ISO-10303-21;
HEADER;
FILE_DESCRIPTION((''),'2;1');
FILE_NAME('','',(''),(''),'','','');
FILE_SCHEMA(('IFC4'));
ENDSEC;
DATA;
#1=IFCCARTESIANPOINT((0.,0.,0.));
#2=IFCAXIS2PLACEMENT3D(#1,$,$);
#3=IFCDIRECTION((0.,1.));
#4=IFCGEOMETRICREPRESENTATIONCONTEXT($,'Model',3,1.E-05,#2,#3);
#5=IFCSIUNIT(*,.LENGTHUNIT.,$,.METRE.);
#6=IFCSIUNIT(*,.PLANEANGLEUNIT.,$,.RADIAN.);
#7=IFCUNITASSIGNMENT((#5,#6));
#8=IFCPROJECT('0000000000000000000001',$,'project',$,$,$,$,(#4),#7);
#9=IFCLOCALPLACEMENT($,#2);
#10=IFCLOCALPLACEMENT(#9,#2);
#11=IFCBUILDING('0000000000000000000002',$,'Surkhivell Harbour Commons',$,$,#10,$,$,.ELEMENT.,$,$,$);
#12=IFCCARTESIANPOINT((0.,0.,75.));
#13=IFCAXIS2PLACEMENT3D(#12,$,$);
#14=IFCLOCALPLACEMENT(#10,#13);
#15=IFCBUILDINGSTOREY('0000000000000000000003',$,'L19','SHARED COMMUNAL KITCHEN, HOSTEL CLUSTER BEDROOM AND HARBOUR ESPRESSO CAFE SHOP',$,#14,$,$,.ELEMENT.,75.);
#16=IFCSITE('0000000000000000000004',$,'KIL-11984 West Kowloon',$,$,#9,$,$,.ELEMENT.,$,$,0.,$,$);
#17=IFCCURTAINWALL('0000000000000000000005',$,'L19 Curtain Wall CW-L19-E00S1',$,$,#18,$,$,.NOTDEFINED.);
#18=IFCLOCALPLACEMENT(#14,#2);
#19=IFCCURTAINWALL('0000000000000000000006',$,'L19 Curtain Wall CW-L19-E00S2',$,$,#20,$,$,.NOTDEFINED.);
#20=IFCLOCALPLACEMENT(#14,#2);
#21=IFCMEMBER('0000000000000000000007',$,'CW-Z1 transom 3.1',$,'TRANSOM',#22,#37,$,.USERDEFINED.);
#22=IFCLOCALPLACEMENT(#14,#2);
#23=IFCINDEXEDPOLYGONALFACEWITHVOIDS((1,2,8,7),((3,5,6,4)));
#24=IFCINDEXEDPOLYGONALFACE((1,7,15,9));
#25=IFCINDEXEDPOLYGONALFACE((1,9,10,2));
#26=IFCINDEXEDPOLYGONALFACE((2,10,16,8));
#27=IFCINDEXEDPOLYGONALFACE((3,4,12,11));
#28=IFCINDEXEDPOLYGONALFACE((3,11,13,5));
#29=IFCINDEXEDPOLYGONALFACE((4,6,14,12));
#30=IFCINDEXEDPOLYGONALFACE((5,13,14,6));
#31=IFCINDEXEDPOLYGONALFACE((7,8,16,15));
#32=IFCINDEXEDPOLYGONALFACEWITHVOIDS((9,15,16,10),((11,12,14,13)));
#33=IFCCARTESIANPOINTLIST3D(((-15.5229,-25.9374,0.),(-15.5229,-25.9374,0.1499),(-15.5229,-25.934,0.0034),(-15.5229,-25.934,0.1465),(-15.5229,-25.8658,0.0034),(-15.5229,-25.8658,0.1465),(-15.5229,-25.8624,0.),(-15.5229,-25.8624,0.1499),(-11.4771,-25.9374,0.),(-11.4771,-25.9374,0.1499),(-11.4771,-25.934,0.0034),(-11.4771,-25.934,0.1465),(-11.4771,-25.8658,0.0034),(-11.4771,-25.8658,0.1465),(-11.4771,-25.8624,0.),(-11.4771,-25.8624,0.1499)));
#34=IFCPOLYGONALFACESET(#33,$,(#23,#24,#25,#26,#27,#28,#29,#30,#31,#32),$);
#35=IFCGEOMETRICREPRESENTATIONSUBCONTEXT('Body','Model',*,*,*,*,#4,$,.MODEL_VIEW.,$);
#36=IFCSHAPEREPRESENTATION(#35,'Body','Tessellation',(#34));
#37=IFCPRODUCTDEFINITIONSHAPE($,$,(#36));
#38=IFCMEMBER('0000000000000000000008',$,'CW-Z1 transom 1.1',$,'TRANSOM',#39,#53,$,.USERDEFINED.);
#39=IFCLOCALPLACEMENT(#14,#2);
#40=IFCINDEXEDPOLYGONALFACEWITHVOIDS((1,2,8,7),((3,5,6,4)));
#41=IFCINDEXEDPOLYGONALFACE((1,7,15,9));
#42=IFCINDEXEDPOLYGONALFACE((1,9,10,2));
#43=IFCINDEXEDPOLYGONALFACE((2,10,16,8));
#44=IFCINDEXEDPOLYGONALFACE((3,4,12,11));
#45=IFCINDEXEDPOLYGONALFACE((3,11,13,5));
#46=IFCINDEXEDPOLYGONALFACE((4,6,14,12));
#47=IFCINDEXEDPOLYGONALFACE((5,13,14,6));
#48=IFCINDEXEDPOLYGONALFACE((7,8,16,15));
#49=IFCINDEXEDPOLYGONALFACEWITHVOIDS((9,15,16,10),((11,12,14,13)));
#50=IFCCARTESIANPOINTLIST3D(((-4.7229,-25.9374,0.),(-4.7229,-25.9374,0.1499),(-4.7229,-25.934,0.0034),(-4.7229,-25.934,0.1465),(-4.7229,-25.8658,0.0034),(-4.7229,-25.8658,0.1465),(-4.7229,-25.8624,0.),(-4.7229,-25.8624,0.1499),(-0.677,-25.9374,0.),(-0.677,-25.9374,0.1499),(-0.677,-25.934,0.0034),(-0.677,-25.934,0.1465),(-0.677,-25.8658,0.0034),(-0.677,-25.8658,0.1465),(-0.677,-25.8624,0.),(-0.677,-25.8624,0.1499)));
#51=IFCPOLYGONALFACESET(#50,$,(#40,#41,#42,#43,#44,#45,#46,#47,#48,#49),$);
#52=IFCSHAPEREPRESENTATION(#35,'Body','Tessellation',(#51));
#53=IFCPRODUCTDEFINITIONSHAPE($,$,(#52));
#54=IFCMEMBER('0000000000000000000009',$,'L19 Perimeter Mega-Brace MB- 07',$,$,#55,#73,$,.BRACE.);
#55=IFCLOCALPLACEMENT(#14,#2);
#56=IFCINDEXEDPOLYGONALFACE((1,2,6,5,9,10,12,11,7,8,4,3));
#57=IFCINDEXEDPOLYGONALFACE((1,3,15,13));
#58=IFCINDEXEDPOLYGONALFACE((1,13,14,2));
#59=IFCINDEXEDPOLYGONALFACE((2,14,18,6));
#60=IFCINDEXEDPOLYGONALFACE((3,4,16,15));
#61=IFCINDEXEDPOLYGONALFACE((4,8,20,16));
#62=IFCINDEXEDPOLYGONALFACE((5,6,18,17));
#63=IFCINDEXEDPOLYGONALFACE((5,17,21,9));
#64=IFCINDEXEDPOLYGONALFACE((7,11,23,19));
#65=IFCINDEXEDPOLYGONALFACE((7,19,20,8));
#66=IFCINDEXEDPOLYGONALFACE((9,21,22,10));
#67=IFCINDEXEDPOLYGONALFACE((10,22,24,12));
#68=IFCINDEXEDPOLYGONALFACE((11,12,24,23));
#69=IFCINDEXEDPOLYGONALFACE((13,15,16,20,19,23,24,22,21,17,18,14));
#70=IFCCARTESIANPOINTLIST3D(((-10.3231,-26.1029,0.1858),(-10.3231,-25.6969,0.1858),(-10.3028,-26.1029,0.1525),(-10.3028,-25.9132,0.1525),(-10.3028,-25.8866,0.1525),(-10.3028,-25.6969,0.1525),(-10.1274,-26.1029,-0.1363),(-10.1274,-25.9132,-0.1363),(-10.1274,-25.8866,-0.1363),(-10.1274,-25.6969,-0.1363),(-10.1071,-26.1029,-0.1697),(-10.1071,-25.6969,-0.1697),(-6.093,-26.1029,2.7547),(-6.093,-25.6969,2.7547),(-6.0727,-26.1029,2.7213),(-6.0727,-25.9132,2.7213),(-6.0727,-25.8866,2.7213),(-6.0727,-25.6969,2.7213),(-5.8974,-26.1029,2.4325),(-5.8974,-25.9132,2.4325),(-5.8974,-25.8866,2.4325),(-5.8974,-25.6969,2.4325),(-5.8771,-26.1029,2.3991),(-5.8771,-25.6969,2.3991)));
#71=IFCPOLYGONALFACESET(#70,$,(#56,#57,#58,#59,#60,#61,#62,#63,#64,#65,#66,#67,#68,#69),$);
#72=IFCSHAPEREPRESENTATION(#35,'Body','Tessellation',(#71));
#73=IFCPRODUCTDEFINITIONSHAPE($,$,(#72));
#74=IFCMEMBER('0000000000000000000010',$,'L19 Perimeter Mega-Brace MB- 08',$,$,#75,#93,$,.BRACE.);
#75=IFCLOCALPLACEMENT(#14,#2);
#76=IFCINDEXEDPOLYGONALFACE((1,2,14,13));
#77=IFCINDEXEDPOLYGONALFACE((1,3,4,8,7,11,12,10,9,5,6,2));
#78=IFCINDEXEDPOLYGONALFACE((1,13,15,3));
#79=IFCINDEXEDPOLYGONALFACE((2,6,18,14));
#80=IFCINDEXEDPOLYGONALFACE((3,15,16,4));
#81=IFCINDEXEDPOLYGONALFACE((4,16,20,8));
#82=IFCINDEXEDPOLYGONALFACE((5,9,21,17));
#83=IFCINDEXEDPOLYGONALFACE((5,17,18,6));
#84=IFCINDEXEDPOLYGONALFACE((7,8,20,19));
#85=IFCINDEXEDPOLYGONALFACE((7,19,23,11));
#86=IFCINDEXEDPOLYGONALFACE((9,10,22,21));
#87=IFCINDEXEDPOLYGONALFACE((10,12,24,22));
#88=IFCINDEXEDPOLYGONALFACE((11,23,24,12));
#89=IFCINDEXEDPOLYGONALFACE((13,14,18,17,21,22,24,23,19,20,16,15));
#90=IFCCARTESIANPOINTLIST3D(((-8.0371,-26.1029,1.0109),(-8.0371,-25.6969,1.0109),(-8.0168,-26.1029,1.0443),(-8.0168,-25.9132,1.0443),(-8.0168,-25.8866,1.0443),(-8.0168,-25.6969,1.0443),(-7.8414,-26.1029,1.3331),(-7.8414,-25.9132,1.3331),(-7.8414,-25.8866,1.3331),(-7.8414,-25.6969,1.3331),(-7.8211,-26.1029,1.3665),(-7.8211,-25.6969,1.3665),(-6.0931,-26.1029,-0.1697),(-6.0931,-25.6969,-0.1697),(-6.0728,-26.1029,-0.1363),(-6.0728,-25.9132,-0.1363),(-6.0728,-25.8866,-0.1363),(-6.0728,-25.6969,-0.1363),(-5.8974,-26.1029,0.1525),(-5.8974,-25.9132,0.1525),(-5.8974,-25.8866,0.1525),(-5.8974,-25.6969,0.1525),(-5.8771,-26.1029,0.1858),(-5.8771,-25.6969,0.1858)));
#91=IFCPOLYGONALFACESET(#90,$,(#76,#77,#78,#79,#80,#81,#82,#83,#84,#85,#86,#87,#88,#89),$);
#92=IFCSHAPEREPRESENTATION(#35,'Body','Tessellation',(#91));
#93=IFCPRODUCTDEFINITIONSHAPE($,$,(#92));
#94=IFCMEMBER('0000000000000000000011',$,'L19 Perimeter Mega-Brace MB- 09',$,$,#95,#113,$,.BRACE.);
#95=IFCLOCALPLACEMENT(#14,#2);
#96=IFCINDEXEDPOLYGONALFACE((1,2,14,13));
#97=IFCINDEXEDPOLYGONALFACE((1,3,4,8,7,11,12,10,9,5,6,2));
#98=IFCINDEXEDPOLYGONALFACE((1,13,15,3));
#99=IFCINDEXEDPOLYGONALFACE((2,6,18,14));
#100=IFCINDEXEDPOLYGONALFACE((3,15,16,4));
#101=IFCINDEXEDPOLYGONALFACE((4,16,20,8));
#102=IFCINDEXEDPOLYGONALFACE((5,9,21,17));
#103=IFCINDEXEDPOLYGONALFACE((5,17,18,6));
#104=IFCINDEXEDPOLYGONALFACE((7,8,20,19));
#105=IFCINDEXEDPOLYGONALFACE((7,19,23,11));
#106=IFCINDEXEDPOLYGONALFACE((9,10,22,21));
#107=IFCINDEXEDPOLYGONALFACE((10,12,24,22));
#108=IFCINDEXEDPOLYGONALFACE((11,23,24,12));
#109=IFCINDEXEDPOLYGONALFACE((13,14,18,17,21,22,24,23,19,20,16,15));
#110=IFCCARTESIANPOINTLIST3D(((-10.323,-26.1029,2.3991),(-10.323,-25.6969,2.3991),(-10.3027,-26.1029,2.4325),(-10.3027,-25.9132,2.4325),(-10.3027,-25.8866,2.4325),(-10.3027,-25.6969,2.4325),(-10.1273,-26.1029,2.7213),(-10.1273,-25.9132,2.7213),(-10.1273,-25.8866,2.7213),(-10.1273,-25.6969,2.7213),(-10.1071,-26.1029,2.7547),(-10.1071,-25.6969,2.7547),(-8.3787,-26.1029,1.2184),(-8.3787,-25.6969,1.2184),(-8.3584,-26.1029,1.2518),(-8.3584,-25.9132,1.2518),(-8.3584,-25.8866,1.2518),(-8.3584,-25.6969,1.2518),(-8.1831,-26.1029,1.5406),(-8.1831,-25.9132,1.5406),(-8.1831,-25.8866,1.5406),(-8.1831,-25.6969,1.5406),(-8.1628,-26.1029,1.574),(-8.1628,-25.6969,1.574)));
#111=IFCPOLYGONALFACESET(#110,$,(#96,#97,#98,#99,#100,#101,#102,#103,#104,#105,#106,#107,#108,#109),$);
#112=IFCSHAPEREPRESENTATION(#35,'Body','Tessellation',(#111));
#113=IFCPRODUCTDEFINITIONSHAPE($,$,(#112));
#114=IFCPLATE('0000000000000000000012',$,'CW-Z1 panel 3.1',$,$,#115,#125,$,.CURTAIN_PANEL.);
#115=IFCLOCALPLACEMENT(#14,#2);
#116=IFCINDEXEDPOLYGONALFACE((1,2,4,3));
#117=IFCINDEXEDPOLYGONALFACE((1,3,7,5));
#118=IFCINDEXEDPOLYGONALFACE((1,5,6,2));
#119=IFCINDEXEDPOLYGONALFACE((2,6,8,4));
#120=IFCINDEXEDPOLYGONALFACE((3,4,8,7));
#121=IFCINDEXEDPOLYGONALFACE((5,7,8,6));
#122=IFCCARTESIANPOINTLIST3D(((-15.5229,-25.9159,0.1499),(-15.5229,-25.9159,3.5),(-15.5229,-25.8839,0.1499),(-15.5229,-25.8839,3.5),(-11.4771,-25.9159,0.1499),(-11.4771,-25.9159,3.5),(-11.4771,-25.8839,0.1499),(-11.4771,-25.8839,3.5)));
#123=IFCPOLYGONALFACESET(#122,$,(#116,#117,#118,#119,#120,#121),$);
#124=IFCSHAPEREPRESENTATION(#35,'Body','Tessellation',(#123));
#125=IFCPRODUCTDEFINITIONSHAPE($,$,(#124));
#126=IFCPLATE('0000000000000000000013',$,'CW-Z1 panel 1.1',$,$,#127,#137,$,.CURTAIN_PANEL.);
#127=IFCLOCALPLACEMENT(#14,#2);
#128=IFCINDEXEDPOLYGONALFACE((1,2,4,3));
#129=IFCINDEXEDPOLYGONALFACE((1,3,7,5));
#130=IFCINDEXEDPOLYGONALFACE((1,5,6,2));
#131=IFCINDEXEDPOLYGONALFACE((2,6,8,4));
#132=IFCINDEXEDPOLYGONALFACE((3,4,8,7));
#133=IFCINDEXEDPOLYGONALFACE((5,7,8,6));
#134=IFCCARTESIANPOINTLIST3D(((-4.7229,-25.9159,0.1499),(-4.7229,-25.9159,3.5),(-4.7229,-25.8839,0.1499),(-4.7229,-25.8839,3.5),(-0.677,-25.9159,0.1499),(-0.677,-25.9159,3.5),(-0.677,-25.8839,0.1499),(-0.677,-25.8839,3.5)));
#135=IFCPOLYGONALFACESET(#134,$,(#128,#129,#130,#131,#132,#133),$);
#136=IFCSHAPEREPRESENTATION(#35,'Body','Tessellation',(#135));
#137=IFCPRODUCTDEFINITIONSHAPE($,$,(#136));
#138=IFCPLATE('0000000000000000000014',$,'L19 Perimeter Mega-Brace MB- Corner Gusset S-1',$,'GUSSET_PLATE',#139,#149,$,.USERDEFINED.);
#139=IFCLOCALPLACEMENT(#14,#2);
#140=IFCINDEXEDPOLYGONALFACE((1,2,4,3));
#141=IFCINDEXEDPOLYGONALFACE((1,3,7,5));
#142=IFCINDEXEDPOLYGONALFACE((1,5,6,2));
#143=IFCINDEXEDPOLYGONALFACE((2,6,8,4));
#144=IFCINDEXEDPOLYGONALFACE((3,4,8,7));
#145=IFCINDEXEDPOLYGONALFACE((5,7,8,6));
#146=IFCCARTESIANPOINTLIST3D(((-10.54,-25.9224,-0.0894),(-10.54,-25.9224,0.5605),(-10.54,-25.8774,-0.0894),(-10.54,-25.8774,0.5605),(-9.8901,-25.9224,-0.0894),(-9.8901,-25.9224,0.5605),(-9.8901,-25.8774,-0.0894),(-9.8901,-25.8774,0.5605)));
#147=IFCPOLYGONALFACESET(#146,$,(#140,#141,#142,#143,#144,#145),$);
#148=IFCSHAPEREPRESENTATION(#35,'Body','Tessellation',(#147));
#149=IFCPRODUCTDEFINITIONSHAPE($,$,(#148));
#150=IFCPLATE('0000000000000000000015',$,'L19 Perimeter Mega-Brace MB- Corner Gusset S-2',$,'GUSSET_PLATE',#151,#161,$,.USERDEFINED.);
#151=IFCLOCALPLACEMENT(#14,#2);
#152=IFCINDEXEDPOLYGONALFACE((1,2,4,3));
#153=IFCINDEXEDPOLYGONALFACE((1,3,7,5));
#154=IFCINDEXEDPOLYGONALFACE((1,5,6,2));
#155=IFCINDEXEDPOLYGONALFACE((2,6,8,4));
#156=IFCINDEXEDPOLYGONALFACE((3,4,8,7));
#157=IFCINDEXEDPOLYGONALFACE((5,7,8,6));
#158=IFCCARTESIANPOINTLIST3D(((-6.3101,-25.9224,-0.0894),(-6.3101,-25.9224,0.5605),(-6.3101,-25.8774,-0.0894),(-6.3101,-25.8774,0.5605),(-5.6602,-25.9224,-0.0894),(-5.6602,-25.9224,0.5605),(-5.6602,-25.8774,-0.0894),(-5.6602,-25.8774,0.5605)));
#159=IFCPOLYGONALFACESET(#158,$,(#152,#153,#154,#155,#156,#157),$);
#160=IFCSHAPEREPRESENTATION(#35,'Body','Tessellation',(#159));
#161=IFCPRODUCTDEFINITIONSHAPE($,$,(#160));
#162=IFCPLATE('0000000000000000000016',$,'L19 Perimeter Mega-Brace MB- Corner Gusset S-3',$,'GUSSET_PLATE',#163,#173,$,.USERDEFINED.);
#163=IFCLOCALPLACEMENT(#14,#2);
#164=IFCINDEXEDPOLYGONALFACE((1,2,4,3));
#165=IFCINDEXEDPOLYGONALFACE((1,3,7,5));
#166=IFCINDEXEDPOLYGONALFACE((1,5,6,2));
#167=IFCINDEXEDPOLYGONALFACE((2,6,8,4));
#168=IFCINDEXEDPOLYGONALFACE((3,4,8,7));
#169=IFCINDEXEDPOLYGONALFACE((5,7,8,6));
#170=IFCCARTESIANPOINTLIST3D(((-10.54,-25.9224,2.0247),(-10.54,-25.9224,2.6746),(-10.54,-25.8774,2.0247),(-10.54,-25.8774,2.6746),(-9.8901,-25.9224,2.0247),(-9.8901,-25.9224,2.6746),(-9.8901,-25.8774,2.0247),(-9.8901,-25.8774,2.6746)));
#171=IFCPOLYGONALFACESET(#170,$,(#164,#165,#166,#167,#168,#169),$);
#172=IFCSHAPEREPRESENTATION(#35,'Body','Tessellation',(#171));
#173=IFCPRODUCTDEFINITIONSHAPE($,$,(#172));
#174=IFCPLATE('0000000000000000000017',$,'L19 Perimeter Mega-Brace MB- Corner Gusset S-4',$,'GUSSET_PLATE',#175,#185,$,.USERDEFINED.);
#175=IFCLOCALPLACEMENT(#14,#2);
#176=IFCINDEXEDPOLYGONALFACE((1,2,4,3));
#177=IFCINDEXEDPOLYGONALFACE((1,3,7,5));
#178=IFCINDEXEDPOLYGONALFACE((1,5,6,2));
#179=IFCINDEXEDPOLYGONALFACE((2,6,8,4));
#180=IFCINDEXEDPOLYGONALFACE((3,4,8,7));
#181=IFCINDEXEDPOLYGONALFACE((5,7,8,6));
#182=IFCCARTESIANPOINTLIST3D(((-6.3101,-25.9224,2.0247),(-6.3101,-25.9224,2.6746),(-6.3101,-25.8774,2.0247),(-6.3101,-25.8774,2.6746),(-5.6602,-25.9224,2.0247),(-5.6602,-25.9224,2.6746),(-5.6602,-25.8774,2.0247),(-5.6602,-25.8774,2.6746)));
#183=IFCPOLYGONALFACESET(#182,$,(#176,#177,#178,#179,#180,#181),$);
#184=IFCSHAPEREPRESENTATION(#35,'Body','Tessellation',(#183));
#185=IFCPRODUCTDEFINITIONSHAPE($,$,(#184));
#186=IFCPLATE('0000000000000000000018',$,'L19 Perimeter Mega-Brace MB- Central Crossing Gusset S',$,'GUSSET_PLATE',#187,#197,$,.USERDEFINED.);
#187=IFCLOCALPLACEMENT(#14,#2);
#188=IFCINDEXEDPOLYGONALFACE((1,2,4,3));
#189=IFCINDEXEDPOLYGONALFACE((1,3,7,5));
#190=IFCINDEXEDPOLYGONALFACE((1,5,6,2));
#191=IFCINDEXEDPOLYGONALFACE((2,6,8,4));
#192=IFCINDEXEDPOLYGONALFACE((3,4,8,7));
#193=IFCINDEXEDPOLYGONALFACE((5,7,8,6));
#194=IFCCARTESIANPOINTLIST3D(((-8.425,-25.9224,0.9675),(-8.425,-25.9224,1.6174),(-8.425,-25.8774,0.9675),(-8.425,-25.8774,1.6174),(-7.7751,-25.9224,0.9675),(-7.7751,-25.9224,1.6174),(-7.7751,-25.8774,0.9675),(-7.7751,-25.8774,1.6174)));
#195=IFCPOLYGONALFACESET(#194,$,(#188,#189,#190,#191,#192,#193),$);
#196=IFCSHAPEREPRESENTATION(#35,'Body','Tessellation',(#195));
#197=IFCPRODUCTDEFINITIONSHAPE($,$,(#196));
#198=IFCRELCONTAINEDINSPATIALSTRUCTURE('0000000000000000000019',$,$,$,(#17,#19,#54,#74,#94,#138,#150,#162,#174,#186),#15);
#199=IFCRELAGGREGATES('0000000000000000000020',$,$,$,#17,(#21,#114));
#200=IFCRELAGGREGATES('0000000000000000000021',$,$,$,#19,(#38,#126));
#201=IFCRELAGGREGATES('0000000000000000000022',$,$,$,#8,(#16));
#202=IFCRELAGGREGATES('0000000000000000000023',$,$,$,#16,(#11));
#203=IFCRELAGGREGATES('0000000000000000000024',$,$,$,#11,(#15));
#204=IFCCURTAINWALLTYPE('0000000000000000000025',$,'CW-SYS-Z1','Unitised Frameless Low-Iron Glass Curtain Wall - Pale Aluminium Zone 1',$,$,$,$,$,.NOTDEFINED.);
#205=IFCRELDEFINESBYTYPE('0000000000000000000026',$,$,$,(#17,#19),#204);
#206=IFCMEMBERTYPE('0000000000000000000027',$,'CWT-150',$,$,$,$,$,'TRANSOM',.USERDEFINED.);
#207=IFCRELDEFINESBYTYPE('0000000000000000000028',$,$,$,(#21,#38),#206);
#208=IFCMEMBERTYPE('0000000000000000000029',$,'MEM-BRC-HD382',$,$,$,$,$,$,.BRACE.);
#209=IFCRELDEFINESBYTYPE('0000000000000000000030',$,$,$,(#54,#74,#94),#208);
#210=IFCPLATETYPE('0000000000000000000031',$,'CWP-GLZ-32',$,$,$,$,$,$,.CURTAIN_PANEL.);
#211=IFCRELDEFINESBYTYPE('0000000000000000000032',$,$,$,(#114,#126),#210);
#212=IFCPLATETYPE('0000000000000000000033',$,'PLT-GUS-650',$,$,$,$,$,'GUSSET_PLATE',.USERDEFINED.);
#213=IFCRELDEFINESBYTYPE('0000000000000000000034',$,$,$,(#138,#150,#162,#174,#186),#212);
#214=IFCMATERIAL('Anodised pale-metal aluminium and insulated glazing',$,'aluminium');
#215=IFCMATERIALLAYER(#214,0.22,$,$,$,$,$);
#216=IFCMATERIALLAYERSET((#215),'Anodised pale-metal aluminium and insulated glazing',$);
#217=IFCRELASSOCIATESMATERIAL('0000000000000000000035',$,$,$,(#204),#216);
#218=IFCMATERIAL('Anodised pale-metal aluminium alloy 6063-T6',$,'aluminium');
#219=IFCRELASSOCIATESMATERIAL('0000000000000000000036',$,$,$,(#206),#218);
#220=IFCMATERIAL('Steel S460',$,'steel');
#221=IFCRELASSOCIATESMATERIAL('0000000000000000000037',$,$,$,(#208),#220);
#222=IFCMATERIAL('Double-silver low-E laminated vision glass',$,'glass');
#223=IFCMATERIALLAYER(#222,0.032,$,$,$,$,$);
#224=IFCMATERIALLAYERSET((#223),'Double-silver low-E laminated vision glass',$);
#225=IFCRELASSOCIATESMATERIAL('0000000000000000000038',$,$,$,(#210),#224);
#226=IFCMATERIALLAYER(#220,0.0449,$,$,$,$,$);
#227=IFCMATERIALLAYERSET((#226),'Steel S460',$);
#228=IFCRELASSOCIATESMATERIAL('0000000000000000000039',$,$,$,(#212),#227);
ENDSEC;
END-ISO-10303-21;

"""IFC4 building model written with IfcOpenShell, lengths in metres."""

from ifc_helpers import new_model, si_unit, direction, frame, frame_2d, origin, origin_2d, place, context, subcontext, project, spatial, rectangle, hollow_rectangle, i_section, extrude, material, layer, layer_set, material_profile, profile_set, type_object, element, aggregate, save


model = new_model("IFC4")

# Units and contexts
model_context = context("Model", 3, precision=1e-05, world=origin(), true_north=direction((0.0, 1.0)))
body_context = subcontext(model_context, "Body", "Model", "MODEL_VIEW")
ifc_project = project(units=[si_unit("LENGTHUNIT", "METRE"), si_unit("PLANEANGLEUNIT", "RADIAN")], contexts=[model_context])

# Site, building, storey
site_placement = place(None, origin())
site = spatial("IfcSite", under=ifc_project, at=site_placement, Name="KIL-11984 West Kowloon", CompositionType="ELEMENT", RefElevation=0.0)
building_placement = place(site_placement, origin())
building = spatial("IfcBuilding", under=site, at=building_placement, Name="Surkhivell Harbour Commons", CompositionType="ELEMENT")
storey_placement = place(building_placement, frame((0.0, 0.0, 75.0)))
storey = spatial("IfcBuildingStorey", under=building, at=storey_placement, Name="L19", Description="SHARED COMMUNAL KITCHEN, HOSTEL CLUSTER BEDROOM AND HARBOUR ESPRESSO CAFE SHOP", CompositionType="ELEMENT", Elevation=75.0)

# Shared definitions
ifc_material_1 = material(Name="Steel S460", Category="steel")

# Curtain wall
ifc_material_2 = material(Name="Anodised pale-metal aluminium and insulated glazing", Category="aluminium")
ifc_layer_1 = layer(ifc_material_2, 0.22)
ifc_layer_set_1 = layer_set([ifc_layer_1], Name="Anodised pale-metal aluminium and insulated glazing")
curtain_wall_type = type_object("IfcCurtainWallType", Name="CW-SYS-Z1", Description="Unitised Frameless Low-Iron Glass Curtain Wall - Pale Aluminium Zone 1", PredefinedType="NOTDEFINED", material=ifc_layer_set_1)
curtain_wall_1_placement = place(storey_placement, origin())
curtain_wall_1 = element("IfcCurtainWall", 1, at=curtain_wall_1_placement, inside=storey, type_object=curtain_wall_type, Name="L19 Curtain Wall CW-L19-E00S1", PredefinedType="NOTDEFINED")
ifc_material_3 = material(Name="Anodised pale-metal aluminium alloy 6063-T6", Category="aluminium")

# Curtain wall
curtain_wall_2_placement = place(storey_placement, origin())
curtain_wall_2 = element("IfcCurtainWall", 2, at=curtain_wall_2_placement, inside=storey, type_object=curtain_wall_type, Name="L19 Curtain Wall CW-L19-E00S2", PredefinedType="NOTDEFINED")

# Members
ifc_material_profile_1 = material_profile(ifc_material_3, hollow_rectangle(XDim=0.075, YDim=0.1499, WallThickness=0.0034, at=origin_2d()), Name="ALU-TRAN-75x150")
ifc_profile_set_1 = profile_set([ifc_material_profile_1], Name="Anodised pale-metal aluminium alloy 6063-T6")
member_type_1 = type_object("IfcMemberType", Name="CWT-150", ElementType="TRANSOM", PredefinedType="USERDEFINED", material=ifc_profile_set_1)
member_1_placement = place(storey_placement, frame((-15.5229, -25.8999, 0.075), z_axis=(1.0, 0.0, 0.0), x_axis=(0.0, 1.0, 0.0)))
member_1 = element("IfcMember", 3, at=member_1_placement, type_object=member_type_1, Name="CW-Z1 transom 3.1", ObjectType="TRANSOM", PredefinedType="USERDEFINED", context=body_context, shape_type="SweptSolid", body=[
    extrude(hollow_rectangle(XDim=0.075, YDim=0.1499, WallThickness=0.0034, at=origin_2d()), origin(), (0.0, 0.0, 1.0), 4.0459),
])
member_2_placement = place(storey_placement, frame((-4.7229, -25.8999, 0.075), z_axis=(1.0, 0.0, 0.0), x_axis=(0.0, 1.0, 0.0)))
member_2 = element("IfcMember", 4, at=member_2_placement, type_object=member_type_1, Name="CW-Z1 transom 1.1", ObjectType="TRANSOM", PredefinedType="USERDEFINED", context=body_context, shape_type="SweptSolid", body=[
    extrude(hollow_rectangle(XDim=0.075, YDim=0.1499, WallThickness=0.0034, at=origin_2d()), origin(), (0.0, 0.0, 1.0), 4.0459),
])

# Members
ifc_material_profile_2 = material_profile(ifc_material_1, i_section(OverallWidth=0.406, OverallDepth=0.416, WebThickness=0.0266, FlangeThickness=0.0391, at=origin_2d()), Name="HD400x382")
ifc_profile_set_2 = profile_set([ifc_material_profile_2], Name="Steel S460")
member_type_2 = type_object("IfcMemberType", Name="MEM-BRC-HD382", PredefinedType="BRACE", material=ifc_profile_set_2)
member_3_placement = place(storey_placement, frame((-10.2151, -25.8999, 0.0081), z_axis=(0.85473, 0.0, 0.519073), x_axis=(0.0, 1.0, 0.0)))
element("IfcMember", 5, at=member_3_placement, inside=storey, type_object=member_type_2, Name="L19 Perimeter Mega-Brace MB- 07", PredefinedType="BRACE", context=body_context, shape_type="SweptSolid", body=[
    extrude(i_section(OverallWidth=0.406, OverallDepth=0.416, WebThickness=0.0266, FlangeThickness=0.0391, at=origin_2d()), origin(), (0.0, 0.0, 1.0), 4.949),
])
member_4_placement = place(storey_placement, frame((-5.9851, -25.8999, 0.0081), z_axis=(-0.854725, 0.0, 0.519082), x_axis=(0.0, -1.0, 0.0)))
element("IfcMember", 6, at=member_4_placement, inside=storey, type_object=member_type_2, Name="L19 Perimeter Mega-Brace MB- 08", PredefinedType="BRACE", context=body_context, shape_type="SweptSolid", body=[
    extrude(i_section(OverallWidth=0.406, OverallDepth=0.416, WebThickness=0.0266, FlangeThickness=0.0391, at=origin_2d()), origin(), (0.0, 0.0, 1.0), 2.2744),
])
member_5_placement = place(storey_placement, frame((-8.2708, -25.8999, 1.3962), z_axis=(-0.854754, 0.0, 0.519034), x_axis=(0.0, -1.0, 0.0)))
element("IfcMember", 7, at=member_5_placement, inside=storey, type_object=member_type_2, Name="L19 Perimeter Mega-Brace MB- 09", PredefinedType="BRACE", context=body_context, shape_type="SweptSolid", body=[
    extrude(i_section(OverallWidth=0.406, OverallDepth=0.416, WebThickness=0.0266, FlangeThickness=0.0391, at=origin_2d()), origin(), (0.0, 0.0, 1.0), 2.2747),
])

# Plates
ifc_material_4 = material(Name="Double-silver low-E laminated vision glass", Category="glass")
ifc_layer_2 = layer(ifc_material_4, 0.032)
ifc_layer_set_2 = layer_set([ifc_layer_2], Name="Double-silver low-E laminated vision glass")
plate_type_1 = type_object("IfcPlateType", Name="CWP-GLZ-32", PredefinedType="CURTAIN_PANEL", material=ifc_layer_set_2)
plate_1_placement = place(storey_placement, frame((-15.5229, -25.8999, 0.1499), z_axis=(0.0, 0.0, 1.0), x_axis=(1.0, 0.0, 0.0)))
plate_1 = element("IfcPlate", 8, at=plate_1_placement, type_object=plate_type_1, Name="CW-Z1 panel 3.1", PredefinedType="CURTAIN_PANEL", context=body_context, shape_type="SweptSolid", body=[
    extrude(rectangle(XDim=4.0459, YDim=0.032, at=frame_2d((2.0229, 0.0))), origin(), (0.0, 0.0, 1.0), 3.3501),
])
aggregate(curtain_wall_1, [member_1, plate_1])
plate_2_placement = place(storey_placement, frame((-4.7229, -25.8999, 0.1499), z_axis=(0.0, 0.0, 1.0), x_axis=(1.0, 0.0, 0.0)))
plate_2 = element("IfcPlate", 9, at=plate_2_placement, type_object=plate_type_1, Name="CW-Z1 panel 1.1", PredefinedType="CURTAIN_PANEL", context=body_context, shape_type="SweptSolid", body=[
    extrude(rectangle(XDim=4.0459, YDim=0.032, at=frame_2d((2.0229, 0.0))), origin(), (0.0, 0.0, 1.0), 3.3501),
])
aggregate(curtain_wall_2, [member_2, plate_2])

# Plates
ifc_layer_3 = layer(ifc_material_1, 0.0449)
ifc_layer_set_3 = layer_set([ifc_layer_3], Name="Steel S460")
plate_type_2 = type_object("IfcPlateType", Name="PLT-GUS-650", ElementType="GUSSET_PLATE", PredefinedType="USERDEFINED", material=ifc_layer_set_3)
for number, where, z_axis, x_axis, name in (
    (10, (-10.2151, -25.8999, -0.0894), (0.0, 0.0, 1.0), (1.0, 0.0, 0.0), "L19 Perimeter Mega-Brace MB- Corner Gusset S-1"),
    (11, (-5.9851, -25.8999, -0.0894), (0.0, 0.0, 1.0), (1.0, 0.0, 0.0), "L19 Perimeter Mega-Brace MB- Corner Gusset S-2"),
    (12, (-10.2151, -25.8999, 2.0247), (0.0, 0.0, 1.0), (1.0, 0.0, 0.0), "L19 Perimeter Mega-Brace MB- Corner Gusset S-3"),
    (13, (-5.9851, -25.8999, 2.0247), (0.0, 0.0, 1.0), (1.0, 0.0, 0.0), "L19 Perimeter Mega-Brace MB- Corner Gusset S-4"),
    (14, (-8.1001, -25.8999, 0.9675), (0.0, 0.0, 1.0), (1.0, 0.0, 0.0), "L19 Perimeter Mega-Brace MB- Central Crossing Gusset S"),
):
    element("IfcPlate", number, at=place(storey_placement, frame(where, z_axis=z_axis, x_axis=x_axis)), inside=storey, type_object=plate_type_2, Name=name, ObjectType="GUSSET_PLATE", PredefinedType="USERDEFINED", context=body_context, shape_type="SweptSolid", body=[
        extrude(rectangle(XDim=0.6499, YDim=0.0449, at=origin_2d()), origin(), (0.0, 0.0, 1.0), 0.6499),
    ])

save(model, "model.ifc")
